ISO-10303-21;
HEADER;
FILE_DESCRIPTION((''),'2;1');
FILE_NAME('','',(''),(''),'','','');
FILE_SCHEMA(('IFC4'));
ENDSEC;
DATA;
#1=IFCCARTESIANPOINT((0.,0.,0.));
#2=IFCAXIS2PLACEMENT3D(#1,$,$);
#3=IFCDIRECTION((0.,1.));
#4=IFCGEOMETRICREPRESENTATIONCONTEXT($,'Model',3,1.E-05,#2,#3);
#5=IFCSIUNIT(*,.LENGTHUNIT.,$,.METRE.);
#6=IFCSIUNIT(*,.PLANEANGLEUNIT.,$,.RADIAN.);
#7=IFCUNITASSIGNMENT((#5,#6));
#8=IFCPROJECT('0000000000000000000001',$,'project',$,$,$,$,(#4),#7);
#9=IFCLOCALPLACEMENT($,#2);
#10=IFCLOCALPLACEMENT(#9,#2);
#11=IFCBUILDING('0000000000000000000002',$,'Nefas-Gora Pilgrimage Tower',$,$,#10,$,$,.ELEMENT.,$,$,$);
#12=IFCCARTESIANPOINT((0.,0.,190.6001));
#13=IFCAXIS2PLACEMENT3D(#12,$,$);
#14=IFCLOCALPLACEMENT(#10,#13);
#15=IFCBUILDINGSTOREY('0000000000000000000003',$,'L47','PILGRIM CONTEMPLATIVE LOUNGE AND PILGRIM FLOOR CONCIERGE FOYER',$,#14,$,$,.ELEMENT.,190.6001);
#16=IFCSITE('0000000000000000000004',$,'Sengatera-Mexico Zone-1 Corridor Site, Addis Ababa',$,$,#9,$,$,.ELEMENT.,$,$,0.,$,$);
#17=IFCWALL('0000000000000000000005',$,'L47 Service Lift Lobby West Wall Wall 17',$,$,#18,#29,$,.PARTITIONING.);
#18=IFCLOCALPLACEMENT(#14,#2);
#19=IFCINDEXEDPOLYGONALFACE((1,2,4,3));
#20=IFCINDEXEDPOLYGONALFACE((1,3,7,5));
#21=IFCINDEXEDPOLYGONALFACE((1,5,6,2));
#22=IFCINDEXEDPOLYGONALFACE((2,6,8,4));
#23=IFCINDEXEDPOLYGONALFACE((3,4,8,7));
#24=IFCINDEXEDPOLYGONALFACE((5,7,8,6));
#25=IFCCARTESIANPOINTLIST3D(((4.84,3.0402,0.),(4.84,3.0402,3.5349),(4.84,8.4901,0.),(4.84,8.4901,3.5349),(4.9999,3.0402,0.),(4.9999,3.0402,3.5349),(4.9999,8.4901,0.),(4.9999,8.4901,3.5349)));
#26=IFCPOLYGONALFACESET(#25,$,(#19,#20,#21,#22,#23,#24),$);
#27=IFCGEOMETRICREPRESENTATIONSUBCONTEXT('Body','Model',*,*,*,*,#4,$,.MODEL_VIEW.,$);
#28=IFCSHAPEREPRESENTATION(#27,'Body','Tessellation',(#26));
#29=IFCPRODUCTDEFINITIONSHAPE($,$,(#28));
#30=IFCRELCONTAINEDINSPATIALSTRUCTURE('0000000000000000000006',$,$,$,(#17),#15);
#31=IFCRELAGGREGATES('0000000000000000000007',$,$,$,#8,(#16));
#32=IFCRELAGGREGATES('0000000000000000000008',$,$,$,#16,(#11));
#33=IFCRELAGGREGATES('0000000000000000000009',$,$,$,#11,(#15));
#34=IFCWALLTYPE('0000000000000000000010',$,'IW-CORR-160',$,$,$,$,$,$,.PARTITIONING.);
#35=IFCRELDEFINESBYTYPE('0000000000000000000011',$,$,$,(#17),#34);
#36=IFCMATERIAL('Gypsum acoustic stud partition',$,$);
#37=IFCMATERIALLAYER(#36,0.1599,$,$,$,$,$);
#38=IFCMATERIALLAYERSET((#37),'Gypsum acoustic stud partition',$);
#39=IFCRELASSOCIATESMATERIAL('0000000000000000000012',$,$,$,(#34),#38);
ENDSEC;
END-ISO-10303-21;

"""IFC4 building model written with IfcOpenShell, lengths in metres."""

from ifc_helpers import new_model, si_unit, direction, frame, frame_2d, origin, place, context, subcontext, project, spatial, rectangle, extrude, source, transform, mapped, material, layer, layer_set, type_object, element, save


model = new_model("IFC4")

# Units and contexts
model_context = context("Model", 3, precision=1e-05, world=origin(), true_north=direction((0.0, 1.0)))
body_context = subcontext(model_context, "Body", "Model", "MODEL_VIEW")
ifc_project = project(units=[si_unit("LENGTHUNIT", "METRE"), si_unit("PLANEANGLEUNIT", "RADIAN")], contexts=[model_context])

# Site, building, storey
site_placement = place(None, origin())
site = spatial("IfcSite", under=ifc_project, at=site_placement, Name="Sengatera-Mexico Zone-1 Corridor Site, Addis Ababa", CompositionType="ELEMENT", RefElevation=0.0)
building_placement = place(site_placement, origin())
building = spatial("IfcBuilding", under=site, at=building_placement, Name="Nefas-Gora Pilgrimage Tower", CompositionType="ELEMENT")
storey_placement = place(building_placement, frame((0.0, 0.0, 190.6001)))
storey = spatial("IfcBuildingStorey", under=building, at=storey_placement, Name="L47", Description="PILGRIM CONTEMPLATIVE LOUNGE AND PILGRIM FLOOR CONCIERGE FOYER", CompositionType="ELEMENT", Elevation=190.6001)

# Shared definitions
ifc_material_1 = material(Name="Gypsum acoustic stud partition")
ifc_layer_1 = layer(ifc_material_1, 0.1599)
ifc_layer_set_1 = layer_set([ifc_layer_1], Name="Gypsum acoustic stud partition")
wall_type_1 = type_object("IfcWallType", Name="IW-CORR-160", PredefinedType="PARTITIONING", material=ifc_layer_set_1)

# Wall
shared_shape_1 = source(origin(), body_context, "Body", "SweptSolid", [
    extrude(rectangle(XDim=5.45, YDim=0.1599, at=frame_2d((2.7251, 0.0))), origin(), (0.0, 0.0, 1.0), 3.5349),
])
wall_1_placement = place(storey_placement, frame((4.9199, 3.04, 0.0), z_axis=(0.0, 0.0, 1.0), x_axis=(0.0, 1.0, 0.0)))
element("IfcWall", 1, at=wall_1_placement, inside=storey, type_object=wall_type_1, Name="L47 Service Lift Lobby West Wall Wall 17", PredefinedType="PARTITIONING", context=body_context, shape_type="MappedRepresentation", body=[
    mapped(shared_shape_1, transform((0.0, 0.0, 0.0), x_axis=(1.0, 0.0, 0.0), y_axis=(0.0, 1.0, 0.0), z_axis=(0.0, 0.0, 1.0), scale=1.0)),
])

save(model, "model.ifc")
